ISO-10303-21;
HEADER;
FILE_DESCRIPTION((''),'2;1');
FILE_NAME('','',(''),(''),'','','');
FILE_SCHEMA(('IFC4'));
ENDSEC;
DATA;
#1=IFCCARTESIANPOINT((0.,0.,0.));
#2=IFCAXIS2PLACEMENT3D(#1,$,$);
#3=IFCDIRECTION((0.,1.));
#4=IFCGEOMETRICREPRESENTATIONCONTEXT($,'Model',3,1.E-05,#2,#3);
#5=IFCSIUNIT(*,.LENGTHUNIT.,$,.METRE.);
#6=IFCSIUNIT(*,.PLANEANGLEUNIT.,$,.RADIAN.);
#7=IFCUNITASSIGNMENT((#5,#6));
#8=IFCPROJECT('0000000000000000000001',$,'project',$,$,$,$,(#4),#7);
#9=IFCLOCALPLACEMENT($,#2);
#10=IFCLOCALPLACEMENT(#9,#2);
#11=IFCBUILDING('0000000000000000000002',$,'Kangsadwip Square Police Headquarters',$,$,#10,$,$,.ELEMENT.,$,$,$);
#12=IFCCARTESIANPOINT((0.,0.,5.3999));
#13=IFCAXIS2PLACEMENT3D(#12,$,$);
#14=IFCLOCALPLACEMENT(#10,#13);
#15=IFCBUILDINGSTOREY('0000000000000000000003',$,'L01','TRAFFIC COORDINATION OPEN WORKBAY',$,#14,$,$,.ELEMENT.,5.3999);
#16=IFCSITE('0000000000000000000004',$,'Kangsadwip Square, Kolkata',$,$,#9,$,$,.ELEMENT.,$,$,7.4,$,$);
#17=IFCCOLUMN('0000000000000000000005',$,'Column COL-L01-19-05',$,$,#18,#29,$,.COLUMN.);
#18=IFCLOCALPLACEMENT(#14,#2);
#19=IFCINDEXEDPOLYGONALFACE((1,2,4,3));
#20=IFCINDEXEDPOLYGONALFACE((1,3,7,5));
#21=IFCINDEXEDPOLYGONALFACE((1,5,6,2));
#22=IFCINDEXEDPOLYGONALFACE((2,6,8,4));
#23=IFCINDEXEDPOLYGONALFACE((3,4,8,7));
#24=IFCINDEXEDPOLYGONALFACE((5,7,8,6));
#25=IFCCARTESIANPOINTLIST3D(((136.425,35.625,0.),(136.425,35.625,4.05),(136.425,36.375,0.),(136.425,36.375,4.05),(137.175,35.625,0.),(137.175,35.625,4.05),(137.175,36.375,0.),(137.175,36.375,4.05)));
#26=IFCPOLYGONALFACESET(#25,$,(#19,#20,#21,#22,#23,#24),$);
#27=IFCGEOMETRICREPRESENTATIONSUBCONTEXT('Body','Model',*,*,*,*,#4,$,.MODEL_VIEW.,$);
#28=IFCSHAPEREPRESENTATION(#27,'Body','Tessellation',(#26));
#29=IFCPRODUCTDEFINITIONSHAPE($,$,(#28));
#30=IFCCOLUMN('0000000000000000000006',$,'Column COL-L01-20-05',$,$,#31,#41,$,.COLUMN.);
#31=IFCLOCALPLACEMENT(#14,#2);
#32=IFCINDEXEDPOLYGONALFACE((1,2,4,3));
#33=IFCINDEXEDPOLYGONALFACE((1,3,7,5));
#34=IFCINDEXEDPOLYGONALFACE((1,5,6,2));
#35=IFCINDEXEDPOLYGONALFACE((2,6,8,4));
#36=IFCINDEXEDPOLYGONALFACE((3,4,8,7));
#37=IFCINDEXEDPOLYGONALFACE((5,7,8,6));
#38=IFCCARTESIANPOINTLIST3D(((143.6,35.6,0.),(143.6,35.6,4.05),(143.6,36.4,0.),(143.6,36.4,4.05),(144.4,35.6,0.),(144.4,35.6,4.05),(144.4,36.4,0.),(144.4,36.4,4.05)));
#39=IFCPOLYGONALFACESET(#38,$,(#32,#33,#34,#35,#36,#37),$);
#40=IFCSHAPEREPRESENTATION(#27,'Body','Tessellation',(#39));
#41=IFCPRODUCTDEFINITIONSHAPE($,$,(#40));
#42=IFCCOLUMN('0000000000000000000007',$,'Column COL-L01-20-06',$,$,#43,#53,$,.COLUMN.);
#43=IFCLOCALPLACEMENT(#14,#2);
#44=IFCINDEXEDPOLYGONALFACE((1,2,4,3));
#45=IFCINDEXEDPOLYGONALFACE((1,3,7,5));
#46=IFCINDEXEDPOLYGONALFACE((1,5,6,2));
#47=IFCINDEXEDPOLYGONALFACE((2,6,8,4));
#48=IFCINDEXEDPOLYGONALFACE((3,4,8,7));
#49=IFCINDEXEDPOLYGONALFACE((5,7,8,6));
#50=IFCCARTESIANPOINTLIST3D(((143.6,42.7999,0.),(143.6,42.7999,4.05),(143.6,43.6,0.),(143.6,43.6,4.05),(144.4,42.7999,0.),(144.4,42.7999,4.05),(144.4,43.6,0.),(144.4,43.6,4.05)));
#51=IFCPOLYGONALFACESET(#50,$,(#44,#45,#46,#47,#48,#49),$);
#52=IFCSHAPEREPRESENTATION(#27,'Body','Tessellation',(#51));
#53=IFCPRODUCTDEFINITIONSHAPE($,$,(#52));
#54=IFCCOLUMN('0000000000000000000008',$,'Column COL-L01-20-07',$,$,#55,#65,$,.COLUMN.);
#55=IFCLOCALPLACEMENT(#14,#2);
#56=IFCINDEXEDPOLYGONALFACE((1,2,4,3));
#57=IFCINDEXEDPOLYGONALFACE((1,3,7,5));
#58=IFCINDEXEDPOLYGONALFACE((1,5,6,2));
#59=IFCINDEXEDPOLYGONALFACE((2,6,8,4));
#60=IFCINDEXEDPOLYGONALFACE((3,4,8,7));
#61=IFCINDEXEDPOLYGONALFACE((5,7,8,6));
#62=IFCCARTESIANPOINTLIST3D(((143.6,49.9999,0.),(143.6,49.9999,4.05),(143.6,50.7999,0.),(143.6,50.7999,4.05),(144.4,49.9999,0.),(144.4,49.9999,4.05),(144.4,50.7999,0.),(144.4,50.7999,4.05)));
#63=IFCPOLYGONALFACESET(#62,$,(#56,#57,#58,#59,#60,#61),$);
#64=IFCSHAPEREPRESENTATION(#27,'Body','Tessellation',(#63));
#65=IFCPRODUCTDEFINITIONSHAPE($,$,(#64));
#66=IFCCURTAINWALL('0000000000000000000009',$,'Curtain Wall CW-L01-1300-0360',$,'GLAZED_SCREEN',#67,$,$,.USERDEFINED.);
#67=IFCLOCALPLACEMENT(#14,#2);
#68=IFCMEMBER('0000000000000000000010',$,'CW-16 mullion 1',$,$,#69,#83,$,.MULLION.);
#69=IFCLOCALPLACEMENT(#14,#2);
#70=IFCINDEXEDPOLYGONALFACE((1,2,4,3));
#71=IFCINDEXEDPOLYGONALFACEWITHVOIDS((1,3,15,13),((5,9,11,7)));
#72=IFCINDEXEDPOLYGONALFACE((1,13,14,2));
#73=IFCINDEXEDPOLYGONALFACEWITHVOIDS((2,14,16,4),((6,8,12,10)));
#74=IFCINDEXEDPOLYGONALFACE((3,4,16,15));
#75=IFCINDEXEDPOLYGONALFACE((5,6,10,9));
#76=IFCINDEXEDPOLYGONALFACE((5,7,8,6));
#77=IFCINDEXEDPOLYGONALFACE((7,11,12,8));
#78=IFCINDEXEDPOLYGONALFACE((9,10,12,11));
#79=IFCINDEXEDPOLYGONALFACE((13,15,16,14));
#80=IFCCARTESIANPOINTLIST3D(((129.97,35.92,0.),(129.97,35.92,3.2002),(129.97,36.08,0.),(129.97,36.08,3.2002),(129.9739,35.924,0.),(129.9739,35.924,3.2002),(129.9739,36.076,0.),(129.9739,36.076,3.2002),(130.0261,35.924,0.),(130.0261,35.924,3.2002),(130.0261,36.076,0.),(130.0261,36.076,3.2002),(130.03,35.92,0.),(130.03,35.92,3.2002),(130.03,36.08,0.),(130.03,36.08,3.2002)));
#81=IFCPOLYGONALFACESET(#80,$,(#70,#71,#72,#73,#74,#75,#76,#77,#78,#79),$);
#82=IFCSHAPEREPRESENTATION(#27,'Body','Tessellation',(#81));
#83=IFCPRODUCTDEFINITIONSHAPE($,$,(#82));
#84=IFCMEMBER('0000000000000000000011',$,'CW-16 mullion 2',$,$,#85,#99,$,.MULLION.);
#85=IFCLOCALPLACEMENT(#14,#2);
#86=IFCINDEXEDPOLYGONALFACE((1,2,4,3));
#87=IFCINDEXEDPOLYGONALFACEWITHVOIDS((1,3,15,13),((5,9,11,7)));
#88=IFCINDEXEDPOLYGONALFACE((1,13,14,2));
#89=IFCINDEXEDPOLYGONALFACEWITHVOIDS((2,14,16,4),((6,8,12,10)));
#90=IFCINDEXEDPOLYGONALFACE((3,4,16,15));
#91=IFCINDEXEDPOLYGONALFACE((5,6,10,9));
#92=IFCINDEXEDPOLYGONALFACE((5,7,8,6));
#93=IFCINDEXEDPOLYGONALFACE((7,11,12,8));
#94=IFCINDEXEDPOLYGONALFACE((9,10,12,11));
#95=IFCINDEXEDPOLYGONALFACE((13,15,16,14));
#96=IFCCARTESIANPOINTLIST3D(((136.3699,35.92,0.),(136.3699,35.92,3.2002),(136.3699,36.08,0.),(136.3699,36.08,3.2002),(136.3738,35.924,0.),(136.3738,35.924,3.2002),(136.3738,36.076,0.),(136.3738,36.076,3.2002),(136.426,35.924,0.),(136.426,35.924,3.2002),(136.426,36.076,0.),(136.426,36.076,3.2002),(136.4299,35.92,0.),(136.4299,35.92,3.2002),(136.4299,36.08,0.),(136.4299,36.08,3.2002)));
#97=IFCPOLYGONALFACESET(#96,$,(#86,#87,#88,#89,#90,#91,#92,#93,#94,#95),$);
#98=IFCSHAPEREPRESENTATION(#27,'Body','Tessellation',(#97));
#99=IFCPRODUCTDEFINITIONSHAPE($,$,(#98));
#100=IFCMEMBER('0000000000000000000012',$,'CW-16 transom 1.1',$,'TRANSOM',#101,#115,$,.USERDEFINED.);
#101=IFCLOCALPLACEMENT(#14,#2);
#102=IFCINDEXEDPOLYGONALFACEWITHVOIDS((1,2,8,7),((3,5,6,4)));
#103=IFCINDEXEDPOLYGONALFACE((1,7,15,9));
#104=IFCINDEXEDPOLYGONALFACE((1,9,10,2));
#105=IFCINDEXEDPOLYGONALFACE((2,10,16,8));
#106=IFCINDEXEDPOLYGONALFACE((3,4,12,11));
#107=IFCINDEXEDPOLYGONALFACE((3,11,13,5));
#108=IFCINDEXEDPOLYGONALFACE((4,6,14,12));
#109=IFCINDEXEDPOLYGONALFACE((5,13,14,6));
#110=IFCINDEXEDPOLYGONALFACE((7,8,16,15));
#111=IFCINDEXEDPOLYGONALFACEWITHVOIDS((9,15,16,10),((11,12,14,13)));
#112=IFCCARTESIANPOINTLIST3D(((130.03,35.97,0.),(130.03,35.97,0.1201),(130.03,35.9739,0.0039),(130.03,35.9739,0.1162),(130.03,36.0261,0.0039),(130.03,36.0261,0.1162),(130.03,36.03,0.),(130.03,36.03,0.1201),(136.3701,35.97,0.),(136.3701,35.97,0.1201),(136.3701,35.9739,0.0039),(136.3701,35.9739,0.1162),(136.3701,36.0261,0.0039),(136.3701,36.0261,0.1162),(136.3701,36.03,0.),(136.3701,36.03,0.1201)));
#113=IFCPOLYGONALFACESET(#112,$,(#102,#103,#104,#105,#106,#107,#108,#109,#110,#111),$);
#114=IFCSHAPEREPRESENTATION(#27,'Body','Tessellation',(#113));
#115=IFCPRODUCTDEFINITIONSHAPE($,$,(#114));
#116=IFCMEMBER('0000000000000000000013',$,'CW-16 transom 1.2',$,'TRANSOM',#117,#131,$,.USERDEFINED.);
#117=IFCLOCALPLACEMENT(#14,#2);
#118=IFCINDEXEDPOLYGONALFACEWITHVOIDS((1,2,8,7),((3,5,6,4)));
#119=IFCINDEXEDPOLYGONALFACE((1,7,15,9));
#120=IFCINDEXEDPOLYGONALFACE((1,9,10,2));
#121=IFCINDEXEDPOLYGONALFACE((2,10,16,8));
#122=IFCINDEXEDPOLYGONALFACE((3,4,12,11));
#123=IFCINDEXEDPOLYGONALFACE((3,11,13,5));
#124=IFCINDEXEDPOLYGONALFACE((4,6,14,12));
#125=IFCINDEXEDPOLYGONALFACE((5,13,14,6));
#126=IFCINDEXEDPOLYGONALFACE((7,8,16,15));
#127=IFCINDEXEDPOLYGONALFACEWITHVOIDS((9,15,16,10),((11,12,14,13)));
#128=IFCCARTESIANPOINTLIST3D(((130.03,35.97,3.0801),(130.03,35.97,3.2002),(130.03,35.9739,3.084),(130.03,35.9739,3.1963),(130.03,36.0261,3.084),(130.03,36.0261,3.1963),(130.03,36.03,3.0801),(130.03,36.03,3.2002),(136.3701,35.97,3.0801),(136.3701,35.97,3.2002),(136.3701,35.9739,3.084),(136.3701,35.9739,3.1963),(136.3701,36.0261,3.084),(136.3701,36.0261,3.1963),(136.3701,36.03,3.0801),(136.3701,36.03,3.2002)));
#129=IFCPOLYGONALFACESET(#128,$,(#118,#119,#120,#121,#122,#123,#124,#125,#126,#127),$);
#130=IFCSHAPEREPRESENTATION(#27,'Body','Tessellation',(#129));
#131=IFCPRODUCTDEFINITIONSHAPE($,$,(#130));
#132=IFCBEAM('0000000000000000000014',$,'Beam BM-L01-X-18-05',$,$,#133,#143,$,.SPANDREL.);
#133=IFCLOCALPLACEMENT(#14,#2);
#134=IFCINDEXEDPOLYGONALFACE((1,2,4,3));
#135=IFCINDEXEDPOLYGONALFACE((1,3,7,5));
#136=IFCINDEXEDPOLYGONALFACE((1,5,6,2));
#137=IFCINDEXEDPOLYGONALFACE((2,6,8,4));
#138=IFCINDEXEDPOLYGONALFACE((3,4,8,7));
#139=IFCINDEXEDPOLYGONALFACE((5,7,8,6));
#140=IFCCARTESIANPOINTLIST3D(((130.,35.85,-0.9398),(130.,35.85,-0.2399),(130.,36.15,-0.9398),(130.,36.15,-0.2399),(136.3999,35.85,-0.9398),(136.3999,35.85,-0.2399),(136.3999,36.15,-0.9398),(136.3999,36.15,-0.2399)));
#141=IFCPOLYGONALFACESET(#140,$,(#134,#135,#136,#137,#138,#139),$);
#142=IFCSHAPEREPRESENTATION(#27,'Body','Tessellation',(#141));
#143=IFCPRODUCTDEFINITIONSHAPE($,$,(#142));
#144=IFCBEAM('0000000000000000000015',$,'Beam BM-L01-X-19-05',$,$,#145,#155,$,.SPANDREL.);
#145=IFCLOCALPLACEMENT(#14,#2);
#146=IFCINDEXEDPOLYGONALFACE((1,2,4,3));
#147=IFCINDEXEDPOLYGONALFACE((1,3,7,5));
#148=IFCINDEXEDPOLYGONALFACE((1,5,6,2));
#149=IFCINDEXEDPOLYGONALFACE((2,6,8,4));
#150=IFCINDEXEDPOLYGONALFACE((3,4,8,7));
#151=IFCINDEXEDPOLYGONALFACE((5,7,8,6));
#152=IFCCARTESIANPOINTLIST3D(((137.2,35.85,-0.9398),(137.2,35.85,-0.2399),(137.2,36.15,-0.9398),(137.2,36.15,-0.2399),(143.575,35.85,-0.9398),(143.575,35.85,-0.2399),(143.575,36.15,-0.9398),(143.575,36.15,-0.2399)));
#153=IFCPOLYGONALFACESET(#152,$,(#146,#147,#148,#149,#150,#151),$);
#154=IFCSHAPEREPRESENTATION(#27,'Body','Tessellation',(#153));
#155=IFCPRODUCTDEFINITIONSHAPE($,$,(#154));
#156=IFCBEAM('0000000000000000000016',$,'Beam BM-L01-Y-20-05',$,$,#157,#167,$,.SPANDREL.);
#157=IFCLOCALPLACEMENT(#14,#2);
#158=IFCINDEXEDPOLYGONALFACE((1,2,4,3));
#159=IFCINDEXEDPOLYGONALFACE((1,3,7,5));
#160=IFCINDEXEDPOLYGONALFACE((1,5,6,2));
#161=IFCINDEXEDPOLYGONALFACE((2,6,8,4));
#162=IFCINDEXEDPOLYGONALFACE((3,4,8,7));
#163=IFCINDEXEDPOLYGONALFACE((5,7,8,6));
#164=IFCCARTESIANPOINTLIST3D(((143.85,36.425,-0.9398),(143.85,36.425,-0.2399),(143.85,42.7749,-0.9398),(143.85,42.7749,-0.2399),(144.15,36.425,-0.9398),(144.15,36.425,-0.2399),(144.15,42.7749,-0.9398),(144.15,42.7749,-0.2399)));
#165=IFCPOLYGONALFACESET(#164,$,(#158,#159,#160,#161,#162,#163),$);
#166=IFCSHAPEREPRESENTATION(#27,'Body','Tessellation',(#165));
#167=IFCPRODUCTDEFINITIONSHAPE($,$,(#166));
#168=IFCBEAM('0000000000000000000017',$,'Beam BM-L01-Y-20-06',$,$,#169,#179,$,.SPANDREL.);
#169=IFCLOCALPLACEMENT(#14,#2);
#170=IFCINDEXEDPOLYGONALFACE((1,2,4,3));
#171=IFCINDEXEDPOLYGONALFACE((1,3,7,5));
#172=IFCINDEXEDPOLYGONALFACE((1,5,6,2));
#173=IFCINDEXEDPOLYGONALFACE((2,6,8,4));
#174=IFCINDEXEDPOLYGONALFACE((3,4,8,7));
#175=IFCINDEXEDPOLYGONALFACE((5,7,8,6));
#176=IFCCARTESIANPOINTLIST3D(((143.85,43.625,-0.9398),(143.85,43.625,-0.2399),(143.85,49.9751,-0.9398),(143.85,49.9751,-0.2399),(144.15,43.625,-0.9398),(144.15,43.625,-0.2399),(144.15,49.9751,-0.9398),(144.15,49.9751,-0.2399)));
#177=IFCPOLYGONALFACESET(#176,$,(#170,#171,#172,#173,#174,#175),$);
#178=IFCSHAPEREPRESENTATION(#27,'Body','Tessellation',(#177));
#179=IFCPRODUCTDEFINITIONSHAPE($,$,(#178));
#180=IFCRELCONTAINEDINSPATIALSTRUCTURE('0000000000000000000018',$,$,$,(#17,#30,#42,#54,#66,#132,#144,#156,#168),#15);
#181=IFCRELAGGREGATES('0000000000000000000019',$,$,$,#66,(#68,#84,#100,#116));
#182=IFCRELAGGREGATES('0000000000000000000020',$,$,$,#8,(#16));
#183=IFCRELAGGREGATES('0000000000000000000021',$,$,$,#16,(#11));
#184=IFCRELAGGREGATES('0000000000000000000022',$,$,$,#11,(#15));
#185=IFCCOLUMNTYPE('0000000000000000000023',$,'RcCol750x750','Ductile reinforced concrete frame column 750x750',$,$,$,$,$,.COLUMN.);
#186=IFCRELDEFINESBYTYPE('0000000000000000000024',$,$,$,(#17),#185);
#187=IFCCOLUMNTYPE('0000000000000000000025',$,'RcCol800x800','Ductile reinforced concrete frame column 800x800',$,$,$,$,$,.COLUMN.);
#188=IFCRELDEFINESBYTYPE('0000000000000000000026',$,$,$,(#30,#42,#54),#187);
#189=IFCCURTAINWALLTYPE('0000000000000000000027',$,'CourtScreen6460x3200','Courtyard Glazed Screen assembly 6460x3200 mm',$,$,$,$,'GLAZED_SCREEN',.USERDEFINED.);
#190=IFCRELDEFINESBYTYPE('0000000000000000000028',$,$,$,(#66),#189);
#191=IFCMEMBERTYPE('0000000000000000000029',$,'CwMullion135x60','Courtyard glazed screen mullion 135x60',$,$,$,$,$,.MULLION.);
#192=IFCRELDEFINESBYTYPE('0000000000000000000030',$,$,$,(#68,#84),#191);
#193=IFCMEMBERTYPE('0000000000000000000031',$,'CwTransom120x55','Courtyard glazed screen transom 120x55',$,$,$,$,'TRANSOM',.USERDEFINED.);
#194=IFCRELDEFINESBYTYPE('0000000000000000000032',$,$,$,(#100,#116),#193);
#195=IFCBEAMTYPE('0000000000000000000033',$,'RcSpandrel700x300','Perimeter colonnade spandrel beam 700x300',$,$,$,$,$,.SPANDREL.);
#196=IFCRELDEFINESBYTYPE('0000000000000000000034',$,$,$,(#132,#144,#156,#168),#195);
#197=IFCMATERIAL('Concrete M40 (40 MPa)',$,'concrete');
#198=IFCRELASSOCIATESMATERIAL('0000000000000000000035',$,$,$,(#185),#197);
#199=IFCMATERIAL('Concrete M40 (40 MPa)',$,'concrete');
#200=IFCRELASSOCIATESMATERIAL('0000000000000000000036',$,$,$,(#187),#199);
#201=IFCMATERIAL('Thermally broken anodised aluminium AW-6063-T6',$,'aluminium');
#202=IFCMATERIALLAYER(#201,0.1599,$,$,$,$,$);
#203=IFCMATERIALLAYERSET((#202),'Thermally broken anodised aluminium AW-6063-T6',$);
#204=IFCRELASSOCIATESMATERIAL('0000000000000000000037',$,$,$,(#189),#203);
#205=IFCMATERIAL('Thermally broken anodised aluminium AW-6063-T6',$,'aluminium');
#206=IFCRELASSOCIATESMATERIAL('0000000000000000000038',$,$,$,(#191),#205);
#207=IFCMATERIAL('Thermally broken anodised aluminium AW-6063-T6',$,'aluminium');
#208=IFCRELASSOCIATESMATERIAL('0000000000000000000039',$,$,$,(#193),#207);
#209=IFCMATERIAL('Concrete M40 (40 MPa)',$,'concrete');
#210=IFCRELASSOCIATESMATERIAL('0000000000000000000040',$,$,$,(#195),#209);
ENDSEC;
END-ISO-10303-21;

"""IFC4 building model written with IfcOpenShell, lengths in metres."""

from ifc_helpers import new_model, si_unit, direction, frame, origin, origin_2d, place, context, subcontext, project, spatial, rectangle, hollow_rectangle, extrude, material, layer, layer_set, material_profile, profile_set, type_object, element, aggregate, save


model = new_model("IFC4")

# Units and contexts
model_context = context("Model", 3, precision=1e-05, world=origin(), true_north=direction((0.0, 1.0)))
body_context = subcontext(model_context, "Body", "Model", "MODEL_VIEW")
ifc_project = project(units=[si_unit("LENGTHUNIT", "METRE"), si_unit("PLANEANGLEUNIT", "RADIAN")], contexts=[model_context])

# Site, building, storey
site_placement = place(None, origin())
site = spatial("IfcSite", under=ifc_project, at=site_placement, Name="Kangsadwip Square, Kolkata", CompositionType="ELEMENT", RefElevation=7.4)
building_placement = place(site_placement, origin())
building = spatial("IfcBuilding", under=site, at=building_placement, Name="Kangsadwip Square Police Headquarters", CompositionType="ELEMENT")
storey_placement = place(building_placement, frame((0.0, 0.0, 5.3999)))
storey = spatial("IfcBuildingStorey", under=building, at=storey_placement, Name="L01", Description="TRAFFIC COORDINATION OPEN WORKBAY", CompositionType="ELEMENT", Elevation=5.3999)

# Columns
ifc_material_1 = material(Name="Concrete M40 (40 MPa)", Category="concrete")
ifc_material_profile_1 = material_profile(ifc_material_1, rectangle(XDim=0.75, YDim=0.75, at=origin_2d()), Name="RC COL 750X750")
ifc_profile_set_1 = profile_set([ifc_material_profile_1], Name="Concrete M40 (40 MPa)")
column_type_1 = type_object("IfcColumnType", Name="RcCol750x750", Description="Ductile reinforced concrete frame column 750x750", PredefinedType="COLUMN", material=ifc_profile_set_1)
column_placement = place(storey_placement, frame((136.8, 36.0, 0.0), z_axis=(0.0, 0.0, 1.0), x_axis=(1.0, 0.0, 0.0)))
element("IfcColumn", 1, at=column_placement, inside=storey, type_object=column_type_1, Name="Column COL-L01-19-05", PredefinedType="COLUMN", context=body_context, shape_type="SweptSolid", body=[
    extrude(rectangle(XDim=0.75, YDim=0.75, at=origin_2d()), origin(), (0.0, 0.0, 1.0), 4.05),
])
ifc_material_2 = material(Name="Concrete M40 (40 MPa)", Category="concrete")
ifc_material_profile_2 = material_profile(ifc_material_2, rectangle(XDim=0.8, YDim=0.8, at=origin_2d()), Name="RC COL 800X800")
ifc_profile_set_2 = profile_set([ifc_material_profile_2], Name="Concrete M40 (40 MPa)")
column_type_2 = type_object("IfcColumnType", Name="RcCol800x800", Description="Ductile reinforced concrete frame column 800x800", PredefinedType="COLUMN", material=ifc_profile_set_2)
for number, where, z_axis, x_axis, name in (
    (2, (144.0, 36.0, 0.0), (0.0, 0.0, 1.0), (1.0, 0.0, 0.0), "Column COL-L01-20-05"),
    (3, (144.0, 43.2, 0.0), (0.0, 0.0, 1.0), (1.0, 0.0, 0.0), "Column COL-L01-20-06"),
    (4, (144.0, 50.3999, 0.0), (0.0, 0.0, 1.0), (1.0, 0.0, 0.0), "Column COL-L01-20-07"),
):
    element("IfcColumn", number, at=place(storey_placement, frame(where, z_axis=z_axis, x_axis=x_axis)), inside=storey, type_object=column_type_2, Name=name, PredefinedType="COLUMN", context=body_context, shape_type="SweptSolid", body=[
        extrude(rectangle(XDim=0.8, YDim=0.8, at=origin_2d()), origin(), (0.0, 0.0, 1.0), 4.05),
    ])

# Curtain wall, members
ifc_material_3 = material(Name="Thermally broken anodised aluminium AW-6063-T6", Category="aluminium")
ifc_layer_1 = layer(ifc_material_3, 0.1599)
ifc_layer_set_1 = layer_set([ifc_layer_1], Name="Thermally broken anodised aluminium AW-6063-T6")
curtain_wall_type = type_object("IfcCurtainWallType", Name="CourtScreen6460x3200", Description="Courtyard Glazed Screen assembly 6460x3200 mm", ElementType="GLAZED_SCREEN", PredefinedType="USERDEFINED", material=ifc_layer_set_1)
curtain_wall_placement = place(storey_placement, origin())
curtain_wall = element("IfcCurtainWall", 5, at=curtain_wall_placement, inside=storey, type_object=curtain_wall_type, Name="Curtain Wall CW-L01-1300-0360", ObjectType="GLAZED_SCREEN", PredefinedType="USERDEFINED")
ifc_material_4 = material(Name="Thermally broken anodised aluminium AW-6063-T6", Category="aluminium")
ifc_material_profile_3 = material_profile(ifc_material_4, hollow_rectangle(XDim=0.0601, YDim=0.1599, WallThickness=0.0039, at=origin_2d()), Name="CWM 160X60X4")
ifc_profile_set_3 = profile_set([ifc_material_profile_3], Name="Thermally broken anodised aluminium AW-6063-T6")
member_type_1 = type_object("IfcMemberType", Name="CwMullion135x60", Description="Courtyard glazed screen mullion 135x60", PredefinedType="MULLION", material=ifc_profile_set_3)
member_1_placement = place(storey_placement, frame((130.0, 36.0, 0.0), z_axis=(0.0, 0.0, 1.0), x_axis=(1.0, 0.0, 0.0)))
member_1 = element("IfcMember", 6, at=member_1_placement, type_object=member_type_1, Name="CW-16 mullion 1", PredefinedType="MULLION", context=body_context, shape_type="SweptSolid", body=[
    extrude(hollow_rectangle(XDim=0.0601, YDim=0.1599, WallThickness=0.0039, at=origin_2d()), origin(), (0.0, 0.0, 1.0), 3.2002),
])
member_2_placement = place(storey_placement, frame((136.3999, 36.0, 0.0), z_axis=(0.0, 0.0, 1.0), x_axis=(1.0, 0.0, 0.0)))
member_2 = element("IfcMember", 7, at=member_2_placement, type_object=member_type_1, Name="CW-16 mullion 2", PredefinedType="MULLION", context=body_context, shape_type="SweptSolid", body=[
    extrude(hollow_rectangle(XDim=0.0601, YDim=0.1599, WallThickness=0.0039, at=origin_2d()), origin(), (0.0, 0.0, 1.0), 3.2002),
])
ifc_material_5 = material(Name="Thermally broken anodised aluminium AW-6063-T6", Category="aluminium")
ifc_material_profile_4 = material_profile(ifc_material_5, hollow_rectangle(XDim=0.0601, YDim=0.1201, WallThickness=0.0039, at=origin_2d()), Name="CWT 120X60X4")
ifc_profile_set_4 = profile_set([ifc_material_profile_4], Name="Thermally broken anodised aluminium AW-6063-T6")
member_type_2 = type_object("IfcMemberType", Name="CwTransom120x55", Description="Courtyard glazed screen transom 120x55", ElementType="TRANSOM", PredefinedType="USERDEFINED", material=ifc_profile_set_4)
member_3_placement = place(storey_placement, frame((130.03, 36.0, 0.0601), z_axis=(1.0, 0.0, 0.0), x_axis=(0.0, 1.0, 0.0)))
member_3 = element("IfcMember", 8, at=member_3_placement, type_object=member_type_2, Name="CW-16 transom 1.1", ObjectType="TRANSOM", PredefinedType="USERDEFINED", context=body_context, shape_type="SweptSolid", body=[
    extrude(hollow_rectangle(XDim=0.0601, YDim=0.1201, WallThickness=0.0039, at=origin_2d()), origin(), (0.0, 0.0, 1.0), 6.3401),
])
member_4_placement = place(storey_placement, frame((130.03, 36.0, 3.1401), z_axis=(1.0, 0.0, 0.0), x_axis=(0.0, 1.0, 0.0)))
member_4 = element("IfcMember", 9, at=member_4_placement, type_object=member_type_2, Name="CW-16 transom 1.2", ObjectType="TRANSOM", PredefinedType="USERDEFINED", context=body_context, shape_type="SweptSolid", body=[
    extrude(hollow_rectangle(XDim=0.0601, YDim=0.1201, WallThickness=0.0039, at=origin_2d()), origin(), (0.0, 0.0, 1.0), 6.3401),
])

# Beams
ifc_material_6 = material(Name="Concrete M40 (40 MPa)", Category="concrete")
ifc_material_profile_5 = material_profile(ifc_material_6, rectangle(XDim=0.3, YDim=0.7, at=origin_2d()), Name="RC SPN 700X300")
ifc_profile_set_5 = profile_set([ifc_material_profile_5], Name="Concrete M40 (40 MPa)")
beam_type = type_object("IfcBeamType", Name="RcSpandrel700x300", Description="Perimeter colonnade spandrel beam 700x300", PredefinedType="SPANDREL", material=ifc_profile_set_5)
beam_1_placement = place(storey_placement, frame((130.0, 36.0, -0.5898), z_axis=(1.0, 0.0, 0.0), x_axis=(0.0, 1.0, 0.0)))
element("IfcBeam", 10, at=beam_1_placement, inside=storey, type_object=beam_type, Name="Beam BM-L01-X-18-05", PredefinedType="SPANDREL", context=body_context, shape_type="SweptSolid", body=[
    extrude(rectangle(XDim=0.3, YDim=0.7, at=origin_2d()), origin(), (0.0, 0.0, 1.0), 6.3999),
])
beam_2_placement = place(storey_placement, frame((137.2, 36.0, -0.5898), z_axis=(1.0, 0.0, 0.0), x_axis=(0.0, 1.0, 0.0)))
element("IfcBeam", 11, at=beam_2_placement, inside=storey, type_object=beam_type, Name="Beam BM-L01-X-19-05", PredefinedType="SPANDREL", context=body_context, shape_type="SweptSolid", body=[
    extrude(rectangle(XDim=0.3, YDim=0.7, at=origin_2d()), origin(), (0.0, 0.0, 1.0), 6.375),
])
beam_3_placement = place(storey_placement, frame((144.0, 36.425, -0.5898), z_axis=(0.0, 1.0, 0.0), x_axis=(-1.0, 0.0, 0.0)))
element("IfcBeam", 12, at=beam_3_placement, inside=storey, type_object=beam_type, Name="Beam BM-L01-Y-20-05", PredefinedType="SPANDREL", context=body_context, shape_type="SweptSolid", body=[
    extrude(rectangle(XDim=0.3, YDim=0.7, at=origin_2d()), origin(), (0.0, 0.0, 1.0), 6.3499),
])
beam_4_placement = place(storey_placement, frame((144.0, 43.625, -0.5898), z_axis=(0.0, 1.0, 0.0), x_axis=(-1.0, 0.0, 0.0)))
element("IfcBeam", 13, at=beam_4_placement, inside=storey, type_object=beam_type, Name="Beam BM-L01-Y-20-06", PredefinedType="SPANDREL", context=body_context, shape_type="SweptSolid", body=[
    extrude(rectangle(XDim=0.3, YDim=0.7, at=origin_2d()), origin(), (0.0, 0.0, 1.0), 6.3501),
])

aggregate(curtain_wall, [member_1, member_2, member_3, member_4])

save(model, "model.ifc")
